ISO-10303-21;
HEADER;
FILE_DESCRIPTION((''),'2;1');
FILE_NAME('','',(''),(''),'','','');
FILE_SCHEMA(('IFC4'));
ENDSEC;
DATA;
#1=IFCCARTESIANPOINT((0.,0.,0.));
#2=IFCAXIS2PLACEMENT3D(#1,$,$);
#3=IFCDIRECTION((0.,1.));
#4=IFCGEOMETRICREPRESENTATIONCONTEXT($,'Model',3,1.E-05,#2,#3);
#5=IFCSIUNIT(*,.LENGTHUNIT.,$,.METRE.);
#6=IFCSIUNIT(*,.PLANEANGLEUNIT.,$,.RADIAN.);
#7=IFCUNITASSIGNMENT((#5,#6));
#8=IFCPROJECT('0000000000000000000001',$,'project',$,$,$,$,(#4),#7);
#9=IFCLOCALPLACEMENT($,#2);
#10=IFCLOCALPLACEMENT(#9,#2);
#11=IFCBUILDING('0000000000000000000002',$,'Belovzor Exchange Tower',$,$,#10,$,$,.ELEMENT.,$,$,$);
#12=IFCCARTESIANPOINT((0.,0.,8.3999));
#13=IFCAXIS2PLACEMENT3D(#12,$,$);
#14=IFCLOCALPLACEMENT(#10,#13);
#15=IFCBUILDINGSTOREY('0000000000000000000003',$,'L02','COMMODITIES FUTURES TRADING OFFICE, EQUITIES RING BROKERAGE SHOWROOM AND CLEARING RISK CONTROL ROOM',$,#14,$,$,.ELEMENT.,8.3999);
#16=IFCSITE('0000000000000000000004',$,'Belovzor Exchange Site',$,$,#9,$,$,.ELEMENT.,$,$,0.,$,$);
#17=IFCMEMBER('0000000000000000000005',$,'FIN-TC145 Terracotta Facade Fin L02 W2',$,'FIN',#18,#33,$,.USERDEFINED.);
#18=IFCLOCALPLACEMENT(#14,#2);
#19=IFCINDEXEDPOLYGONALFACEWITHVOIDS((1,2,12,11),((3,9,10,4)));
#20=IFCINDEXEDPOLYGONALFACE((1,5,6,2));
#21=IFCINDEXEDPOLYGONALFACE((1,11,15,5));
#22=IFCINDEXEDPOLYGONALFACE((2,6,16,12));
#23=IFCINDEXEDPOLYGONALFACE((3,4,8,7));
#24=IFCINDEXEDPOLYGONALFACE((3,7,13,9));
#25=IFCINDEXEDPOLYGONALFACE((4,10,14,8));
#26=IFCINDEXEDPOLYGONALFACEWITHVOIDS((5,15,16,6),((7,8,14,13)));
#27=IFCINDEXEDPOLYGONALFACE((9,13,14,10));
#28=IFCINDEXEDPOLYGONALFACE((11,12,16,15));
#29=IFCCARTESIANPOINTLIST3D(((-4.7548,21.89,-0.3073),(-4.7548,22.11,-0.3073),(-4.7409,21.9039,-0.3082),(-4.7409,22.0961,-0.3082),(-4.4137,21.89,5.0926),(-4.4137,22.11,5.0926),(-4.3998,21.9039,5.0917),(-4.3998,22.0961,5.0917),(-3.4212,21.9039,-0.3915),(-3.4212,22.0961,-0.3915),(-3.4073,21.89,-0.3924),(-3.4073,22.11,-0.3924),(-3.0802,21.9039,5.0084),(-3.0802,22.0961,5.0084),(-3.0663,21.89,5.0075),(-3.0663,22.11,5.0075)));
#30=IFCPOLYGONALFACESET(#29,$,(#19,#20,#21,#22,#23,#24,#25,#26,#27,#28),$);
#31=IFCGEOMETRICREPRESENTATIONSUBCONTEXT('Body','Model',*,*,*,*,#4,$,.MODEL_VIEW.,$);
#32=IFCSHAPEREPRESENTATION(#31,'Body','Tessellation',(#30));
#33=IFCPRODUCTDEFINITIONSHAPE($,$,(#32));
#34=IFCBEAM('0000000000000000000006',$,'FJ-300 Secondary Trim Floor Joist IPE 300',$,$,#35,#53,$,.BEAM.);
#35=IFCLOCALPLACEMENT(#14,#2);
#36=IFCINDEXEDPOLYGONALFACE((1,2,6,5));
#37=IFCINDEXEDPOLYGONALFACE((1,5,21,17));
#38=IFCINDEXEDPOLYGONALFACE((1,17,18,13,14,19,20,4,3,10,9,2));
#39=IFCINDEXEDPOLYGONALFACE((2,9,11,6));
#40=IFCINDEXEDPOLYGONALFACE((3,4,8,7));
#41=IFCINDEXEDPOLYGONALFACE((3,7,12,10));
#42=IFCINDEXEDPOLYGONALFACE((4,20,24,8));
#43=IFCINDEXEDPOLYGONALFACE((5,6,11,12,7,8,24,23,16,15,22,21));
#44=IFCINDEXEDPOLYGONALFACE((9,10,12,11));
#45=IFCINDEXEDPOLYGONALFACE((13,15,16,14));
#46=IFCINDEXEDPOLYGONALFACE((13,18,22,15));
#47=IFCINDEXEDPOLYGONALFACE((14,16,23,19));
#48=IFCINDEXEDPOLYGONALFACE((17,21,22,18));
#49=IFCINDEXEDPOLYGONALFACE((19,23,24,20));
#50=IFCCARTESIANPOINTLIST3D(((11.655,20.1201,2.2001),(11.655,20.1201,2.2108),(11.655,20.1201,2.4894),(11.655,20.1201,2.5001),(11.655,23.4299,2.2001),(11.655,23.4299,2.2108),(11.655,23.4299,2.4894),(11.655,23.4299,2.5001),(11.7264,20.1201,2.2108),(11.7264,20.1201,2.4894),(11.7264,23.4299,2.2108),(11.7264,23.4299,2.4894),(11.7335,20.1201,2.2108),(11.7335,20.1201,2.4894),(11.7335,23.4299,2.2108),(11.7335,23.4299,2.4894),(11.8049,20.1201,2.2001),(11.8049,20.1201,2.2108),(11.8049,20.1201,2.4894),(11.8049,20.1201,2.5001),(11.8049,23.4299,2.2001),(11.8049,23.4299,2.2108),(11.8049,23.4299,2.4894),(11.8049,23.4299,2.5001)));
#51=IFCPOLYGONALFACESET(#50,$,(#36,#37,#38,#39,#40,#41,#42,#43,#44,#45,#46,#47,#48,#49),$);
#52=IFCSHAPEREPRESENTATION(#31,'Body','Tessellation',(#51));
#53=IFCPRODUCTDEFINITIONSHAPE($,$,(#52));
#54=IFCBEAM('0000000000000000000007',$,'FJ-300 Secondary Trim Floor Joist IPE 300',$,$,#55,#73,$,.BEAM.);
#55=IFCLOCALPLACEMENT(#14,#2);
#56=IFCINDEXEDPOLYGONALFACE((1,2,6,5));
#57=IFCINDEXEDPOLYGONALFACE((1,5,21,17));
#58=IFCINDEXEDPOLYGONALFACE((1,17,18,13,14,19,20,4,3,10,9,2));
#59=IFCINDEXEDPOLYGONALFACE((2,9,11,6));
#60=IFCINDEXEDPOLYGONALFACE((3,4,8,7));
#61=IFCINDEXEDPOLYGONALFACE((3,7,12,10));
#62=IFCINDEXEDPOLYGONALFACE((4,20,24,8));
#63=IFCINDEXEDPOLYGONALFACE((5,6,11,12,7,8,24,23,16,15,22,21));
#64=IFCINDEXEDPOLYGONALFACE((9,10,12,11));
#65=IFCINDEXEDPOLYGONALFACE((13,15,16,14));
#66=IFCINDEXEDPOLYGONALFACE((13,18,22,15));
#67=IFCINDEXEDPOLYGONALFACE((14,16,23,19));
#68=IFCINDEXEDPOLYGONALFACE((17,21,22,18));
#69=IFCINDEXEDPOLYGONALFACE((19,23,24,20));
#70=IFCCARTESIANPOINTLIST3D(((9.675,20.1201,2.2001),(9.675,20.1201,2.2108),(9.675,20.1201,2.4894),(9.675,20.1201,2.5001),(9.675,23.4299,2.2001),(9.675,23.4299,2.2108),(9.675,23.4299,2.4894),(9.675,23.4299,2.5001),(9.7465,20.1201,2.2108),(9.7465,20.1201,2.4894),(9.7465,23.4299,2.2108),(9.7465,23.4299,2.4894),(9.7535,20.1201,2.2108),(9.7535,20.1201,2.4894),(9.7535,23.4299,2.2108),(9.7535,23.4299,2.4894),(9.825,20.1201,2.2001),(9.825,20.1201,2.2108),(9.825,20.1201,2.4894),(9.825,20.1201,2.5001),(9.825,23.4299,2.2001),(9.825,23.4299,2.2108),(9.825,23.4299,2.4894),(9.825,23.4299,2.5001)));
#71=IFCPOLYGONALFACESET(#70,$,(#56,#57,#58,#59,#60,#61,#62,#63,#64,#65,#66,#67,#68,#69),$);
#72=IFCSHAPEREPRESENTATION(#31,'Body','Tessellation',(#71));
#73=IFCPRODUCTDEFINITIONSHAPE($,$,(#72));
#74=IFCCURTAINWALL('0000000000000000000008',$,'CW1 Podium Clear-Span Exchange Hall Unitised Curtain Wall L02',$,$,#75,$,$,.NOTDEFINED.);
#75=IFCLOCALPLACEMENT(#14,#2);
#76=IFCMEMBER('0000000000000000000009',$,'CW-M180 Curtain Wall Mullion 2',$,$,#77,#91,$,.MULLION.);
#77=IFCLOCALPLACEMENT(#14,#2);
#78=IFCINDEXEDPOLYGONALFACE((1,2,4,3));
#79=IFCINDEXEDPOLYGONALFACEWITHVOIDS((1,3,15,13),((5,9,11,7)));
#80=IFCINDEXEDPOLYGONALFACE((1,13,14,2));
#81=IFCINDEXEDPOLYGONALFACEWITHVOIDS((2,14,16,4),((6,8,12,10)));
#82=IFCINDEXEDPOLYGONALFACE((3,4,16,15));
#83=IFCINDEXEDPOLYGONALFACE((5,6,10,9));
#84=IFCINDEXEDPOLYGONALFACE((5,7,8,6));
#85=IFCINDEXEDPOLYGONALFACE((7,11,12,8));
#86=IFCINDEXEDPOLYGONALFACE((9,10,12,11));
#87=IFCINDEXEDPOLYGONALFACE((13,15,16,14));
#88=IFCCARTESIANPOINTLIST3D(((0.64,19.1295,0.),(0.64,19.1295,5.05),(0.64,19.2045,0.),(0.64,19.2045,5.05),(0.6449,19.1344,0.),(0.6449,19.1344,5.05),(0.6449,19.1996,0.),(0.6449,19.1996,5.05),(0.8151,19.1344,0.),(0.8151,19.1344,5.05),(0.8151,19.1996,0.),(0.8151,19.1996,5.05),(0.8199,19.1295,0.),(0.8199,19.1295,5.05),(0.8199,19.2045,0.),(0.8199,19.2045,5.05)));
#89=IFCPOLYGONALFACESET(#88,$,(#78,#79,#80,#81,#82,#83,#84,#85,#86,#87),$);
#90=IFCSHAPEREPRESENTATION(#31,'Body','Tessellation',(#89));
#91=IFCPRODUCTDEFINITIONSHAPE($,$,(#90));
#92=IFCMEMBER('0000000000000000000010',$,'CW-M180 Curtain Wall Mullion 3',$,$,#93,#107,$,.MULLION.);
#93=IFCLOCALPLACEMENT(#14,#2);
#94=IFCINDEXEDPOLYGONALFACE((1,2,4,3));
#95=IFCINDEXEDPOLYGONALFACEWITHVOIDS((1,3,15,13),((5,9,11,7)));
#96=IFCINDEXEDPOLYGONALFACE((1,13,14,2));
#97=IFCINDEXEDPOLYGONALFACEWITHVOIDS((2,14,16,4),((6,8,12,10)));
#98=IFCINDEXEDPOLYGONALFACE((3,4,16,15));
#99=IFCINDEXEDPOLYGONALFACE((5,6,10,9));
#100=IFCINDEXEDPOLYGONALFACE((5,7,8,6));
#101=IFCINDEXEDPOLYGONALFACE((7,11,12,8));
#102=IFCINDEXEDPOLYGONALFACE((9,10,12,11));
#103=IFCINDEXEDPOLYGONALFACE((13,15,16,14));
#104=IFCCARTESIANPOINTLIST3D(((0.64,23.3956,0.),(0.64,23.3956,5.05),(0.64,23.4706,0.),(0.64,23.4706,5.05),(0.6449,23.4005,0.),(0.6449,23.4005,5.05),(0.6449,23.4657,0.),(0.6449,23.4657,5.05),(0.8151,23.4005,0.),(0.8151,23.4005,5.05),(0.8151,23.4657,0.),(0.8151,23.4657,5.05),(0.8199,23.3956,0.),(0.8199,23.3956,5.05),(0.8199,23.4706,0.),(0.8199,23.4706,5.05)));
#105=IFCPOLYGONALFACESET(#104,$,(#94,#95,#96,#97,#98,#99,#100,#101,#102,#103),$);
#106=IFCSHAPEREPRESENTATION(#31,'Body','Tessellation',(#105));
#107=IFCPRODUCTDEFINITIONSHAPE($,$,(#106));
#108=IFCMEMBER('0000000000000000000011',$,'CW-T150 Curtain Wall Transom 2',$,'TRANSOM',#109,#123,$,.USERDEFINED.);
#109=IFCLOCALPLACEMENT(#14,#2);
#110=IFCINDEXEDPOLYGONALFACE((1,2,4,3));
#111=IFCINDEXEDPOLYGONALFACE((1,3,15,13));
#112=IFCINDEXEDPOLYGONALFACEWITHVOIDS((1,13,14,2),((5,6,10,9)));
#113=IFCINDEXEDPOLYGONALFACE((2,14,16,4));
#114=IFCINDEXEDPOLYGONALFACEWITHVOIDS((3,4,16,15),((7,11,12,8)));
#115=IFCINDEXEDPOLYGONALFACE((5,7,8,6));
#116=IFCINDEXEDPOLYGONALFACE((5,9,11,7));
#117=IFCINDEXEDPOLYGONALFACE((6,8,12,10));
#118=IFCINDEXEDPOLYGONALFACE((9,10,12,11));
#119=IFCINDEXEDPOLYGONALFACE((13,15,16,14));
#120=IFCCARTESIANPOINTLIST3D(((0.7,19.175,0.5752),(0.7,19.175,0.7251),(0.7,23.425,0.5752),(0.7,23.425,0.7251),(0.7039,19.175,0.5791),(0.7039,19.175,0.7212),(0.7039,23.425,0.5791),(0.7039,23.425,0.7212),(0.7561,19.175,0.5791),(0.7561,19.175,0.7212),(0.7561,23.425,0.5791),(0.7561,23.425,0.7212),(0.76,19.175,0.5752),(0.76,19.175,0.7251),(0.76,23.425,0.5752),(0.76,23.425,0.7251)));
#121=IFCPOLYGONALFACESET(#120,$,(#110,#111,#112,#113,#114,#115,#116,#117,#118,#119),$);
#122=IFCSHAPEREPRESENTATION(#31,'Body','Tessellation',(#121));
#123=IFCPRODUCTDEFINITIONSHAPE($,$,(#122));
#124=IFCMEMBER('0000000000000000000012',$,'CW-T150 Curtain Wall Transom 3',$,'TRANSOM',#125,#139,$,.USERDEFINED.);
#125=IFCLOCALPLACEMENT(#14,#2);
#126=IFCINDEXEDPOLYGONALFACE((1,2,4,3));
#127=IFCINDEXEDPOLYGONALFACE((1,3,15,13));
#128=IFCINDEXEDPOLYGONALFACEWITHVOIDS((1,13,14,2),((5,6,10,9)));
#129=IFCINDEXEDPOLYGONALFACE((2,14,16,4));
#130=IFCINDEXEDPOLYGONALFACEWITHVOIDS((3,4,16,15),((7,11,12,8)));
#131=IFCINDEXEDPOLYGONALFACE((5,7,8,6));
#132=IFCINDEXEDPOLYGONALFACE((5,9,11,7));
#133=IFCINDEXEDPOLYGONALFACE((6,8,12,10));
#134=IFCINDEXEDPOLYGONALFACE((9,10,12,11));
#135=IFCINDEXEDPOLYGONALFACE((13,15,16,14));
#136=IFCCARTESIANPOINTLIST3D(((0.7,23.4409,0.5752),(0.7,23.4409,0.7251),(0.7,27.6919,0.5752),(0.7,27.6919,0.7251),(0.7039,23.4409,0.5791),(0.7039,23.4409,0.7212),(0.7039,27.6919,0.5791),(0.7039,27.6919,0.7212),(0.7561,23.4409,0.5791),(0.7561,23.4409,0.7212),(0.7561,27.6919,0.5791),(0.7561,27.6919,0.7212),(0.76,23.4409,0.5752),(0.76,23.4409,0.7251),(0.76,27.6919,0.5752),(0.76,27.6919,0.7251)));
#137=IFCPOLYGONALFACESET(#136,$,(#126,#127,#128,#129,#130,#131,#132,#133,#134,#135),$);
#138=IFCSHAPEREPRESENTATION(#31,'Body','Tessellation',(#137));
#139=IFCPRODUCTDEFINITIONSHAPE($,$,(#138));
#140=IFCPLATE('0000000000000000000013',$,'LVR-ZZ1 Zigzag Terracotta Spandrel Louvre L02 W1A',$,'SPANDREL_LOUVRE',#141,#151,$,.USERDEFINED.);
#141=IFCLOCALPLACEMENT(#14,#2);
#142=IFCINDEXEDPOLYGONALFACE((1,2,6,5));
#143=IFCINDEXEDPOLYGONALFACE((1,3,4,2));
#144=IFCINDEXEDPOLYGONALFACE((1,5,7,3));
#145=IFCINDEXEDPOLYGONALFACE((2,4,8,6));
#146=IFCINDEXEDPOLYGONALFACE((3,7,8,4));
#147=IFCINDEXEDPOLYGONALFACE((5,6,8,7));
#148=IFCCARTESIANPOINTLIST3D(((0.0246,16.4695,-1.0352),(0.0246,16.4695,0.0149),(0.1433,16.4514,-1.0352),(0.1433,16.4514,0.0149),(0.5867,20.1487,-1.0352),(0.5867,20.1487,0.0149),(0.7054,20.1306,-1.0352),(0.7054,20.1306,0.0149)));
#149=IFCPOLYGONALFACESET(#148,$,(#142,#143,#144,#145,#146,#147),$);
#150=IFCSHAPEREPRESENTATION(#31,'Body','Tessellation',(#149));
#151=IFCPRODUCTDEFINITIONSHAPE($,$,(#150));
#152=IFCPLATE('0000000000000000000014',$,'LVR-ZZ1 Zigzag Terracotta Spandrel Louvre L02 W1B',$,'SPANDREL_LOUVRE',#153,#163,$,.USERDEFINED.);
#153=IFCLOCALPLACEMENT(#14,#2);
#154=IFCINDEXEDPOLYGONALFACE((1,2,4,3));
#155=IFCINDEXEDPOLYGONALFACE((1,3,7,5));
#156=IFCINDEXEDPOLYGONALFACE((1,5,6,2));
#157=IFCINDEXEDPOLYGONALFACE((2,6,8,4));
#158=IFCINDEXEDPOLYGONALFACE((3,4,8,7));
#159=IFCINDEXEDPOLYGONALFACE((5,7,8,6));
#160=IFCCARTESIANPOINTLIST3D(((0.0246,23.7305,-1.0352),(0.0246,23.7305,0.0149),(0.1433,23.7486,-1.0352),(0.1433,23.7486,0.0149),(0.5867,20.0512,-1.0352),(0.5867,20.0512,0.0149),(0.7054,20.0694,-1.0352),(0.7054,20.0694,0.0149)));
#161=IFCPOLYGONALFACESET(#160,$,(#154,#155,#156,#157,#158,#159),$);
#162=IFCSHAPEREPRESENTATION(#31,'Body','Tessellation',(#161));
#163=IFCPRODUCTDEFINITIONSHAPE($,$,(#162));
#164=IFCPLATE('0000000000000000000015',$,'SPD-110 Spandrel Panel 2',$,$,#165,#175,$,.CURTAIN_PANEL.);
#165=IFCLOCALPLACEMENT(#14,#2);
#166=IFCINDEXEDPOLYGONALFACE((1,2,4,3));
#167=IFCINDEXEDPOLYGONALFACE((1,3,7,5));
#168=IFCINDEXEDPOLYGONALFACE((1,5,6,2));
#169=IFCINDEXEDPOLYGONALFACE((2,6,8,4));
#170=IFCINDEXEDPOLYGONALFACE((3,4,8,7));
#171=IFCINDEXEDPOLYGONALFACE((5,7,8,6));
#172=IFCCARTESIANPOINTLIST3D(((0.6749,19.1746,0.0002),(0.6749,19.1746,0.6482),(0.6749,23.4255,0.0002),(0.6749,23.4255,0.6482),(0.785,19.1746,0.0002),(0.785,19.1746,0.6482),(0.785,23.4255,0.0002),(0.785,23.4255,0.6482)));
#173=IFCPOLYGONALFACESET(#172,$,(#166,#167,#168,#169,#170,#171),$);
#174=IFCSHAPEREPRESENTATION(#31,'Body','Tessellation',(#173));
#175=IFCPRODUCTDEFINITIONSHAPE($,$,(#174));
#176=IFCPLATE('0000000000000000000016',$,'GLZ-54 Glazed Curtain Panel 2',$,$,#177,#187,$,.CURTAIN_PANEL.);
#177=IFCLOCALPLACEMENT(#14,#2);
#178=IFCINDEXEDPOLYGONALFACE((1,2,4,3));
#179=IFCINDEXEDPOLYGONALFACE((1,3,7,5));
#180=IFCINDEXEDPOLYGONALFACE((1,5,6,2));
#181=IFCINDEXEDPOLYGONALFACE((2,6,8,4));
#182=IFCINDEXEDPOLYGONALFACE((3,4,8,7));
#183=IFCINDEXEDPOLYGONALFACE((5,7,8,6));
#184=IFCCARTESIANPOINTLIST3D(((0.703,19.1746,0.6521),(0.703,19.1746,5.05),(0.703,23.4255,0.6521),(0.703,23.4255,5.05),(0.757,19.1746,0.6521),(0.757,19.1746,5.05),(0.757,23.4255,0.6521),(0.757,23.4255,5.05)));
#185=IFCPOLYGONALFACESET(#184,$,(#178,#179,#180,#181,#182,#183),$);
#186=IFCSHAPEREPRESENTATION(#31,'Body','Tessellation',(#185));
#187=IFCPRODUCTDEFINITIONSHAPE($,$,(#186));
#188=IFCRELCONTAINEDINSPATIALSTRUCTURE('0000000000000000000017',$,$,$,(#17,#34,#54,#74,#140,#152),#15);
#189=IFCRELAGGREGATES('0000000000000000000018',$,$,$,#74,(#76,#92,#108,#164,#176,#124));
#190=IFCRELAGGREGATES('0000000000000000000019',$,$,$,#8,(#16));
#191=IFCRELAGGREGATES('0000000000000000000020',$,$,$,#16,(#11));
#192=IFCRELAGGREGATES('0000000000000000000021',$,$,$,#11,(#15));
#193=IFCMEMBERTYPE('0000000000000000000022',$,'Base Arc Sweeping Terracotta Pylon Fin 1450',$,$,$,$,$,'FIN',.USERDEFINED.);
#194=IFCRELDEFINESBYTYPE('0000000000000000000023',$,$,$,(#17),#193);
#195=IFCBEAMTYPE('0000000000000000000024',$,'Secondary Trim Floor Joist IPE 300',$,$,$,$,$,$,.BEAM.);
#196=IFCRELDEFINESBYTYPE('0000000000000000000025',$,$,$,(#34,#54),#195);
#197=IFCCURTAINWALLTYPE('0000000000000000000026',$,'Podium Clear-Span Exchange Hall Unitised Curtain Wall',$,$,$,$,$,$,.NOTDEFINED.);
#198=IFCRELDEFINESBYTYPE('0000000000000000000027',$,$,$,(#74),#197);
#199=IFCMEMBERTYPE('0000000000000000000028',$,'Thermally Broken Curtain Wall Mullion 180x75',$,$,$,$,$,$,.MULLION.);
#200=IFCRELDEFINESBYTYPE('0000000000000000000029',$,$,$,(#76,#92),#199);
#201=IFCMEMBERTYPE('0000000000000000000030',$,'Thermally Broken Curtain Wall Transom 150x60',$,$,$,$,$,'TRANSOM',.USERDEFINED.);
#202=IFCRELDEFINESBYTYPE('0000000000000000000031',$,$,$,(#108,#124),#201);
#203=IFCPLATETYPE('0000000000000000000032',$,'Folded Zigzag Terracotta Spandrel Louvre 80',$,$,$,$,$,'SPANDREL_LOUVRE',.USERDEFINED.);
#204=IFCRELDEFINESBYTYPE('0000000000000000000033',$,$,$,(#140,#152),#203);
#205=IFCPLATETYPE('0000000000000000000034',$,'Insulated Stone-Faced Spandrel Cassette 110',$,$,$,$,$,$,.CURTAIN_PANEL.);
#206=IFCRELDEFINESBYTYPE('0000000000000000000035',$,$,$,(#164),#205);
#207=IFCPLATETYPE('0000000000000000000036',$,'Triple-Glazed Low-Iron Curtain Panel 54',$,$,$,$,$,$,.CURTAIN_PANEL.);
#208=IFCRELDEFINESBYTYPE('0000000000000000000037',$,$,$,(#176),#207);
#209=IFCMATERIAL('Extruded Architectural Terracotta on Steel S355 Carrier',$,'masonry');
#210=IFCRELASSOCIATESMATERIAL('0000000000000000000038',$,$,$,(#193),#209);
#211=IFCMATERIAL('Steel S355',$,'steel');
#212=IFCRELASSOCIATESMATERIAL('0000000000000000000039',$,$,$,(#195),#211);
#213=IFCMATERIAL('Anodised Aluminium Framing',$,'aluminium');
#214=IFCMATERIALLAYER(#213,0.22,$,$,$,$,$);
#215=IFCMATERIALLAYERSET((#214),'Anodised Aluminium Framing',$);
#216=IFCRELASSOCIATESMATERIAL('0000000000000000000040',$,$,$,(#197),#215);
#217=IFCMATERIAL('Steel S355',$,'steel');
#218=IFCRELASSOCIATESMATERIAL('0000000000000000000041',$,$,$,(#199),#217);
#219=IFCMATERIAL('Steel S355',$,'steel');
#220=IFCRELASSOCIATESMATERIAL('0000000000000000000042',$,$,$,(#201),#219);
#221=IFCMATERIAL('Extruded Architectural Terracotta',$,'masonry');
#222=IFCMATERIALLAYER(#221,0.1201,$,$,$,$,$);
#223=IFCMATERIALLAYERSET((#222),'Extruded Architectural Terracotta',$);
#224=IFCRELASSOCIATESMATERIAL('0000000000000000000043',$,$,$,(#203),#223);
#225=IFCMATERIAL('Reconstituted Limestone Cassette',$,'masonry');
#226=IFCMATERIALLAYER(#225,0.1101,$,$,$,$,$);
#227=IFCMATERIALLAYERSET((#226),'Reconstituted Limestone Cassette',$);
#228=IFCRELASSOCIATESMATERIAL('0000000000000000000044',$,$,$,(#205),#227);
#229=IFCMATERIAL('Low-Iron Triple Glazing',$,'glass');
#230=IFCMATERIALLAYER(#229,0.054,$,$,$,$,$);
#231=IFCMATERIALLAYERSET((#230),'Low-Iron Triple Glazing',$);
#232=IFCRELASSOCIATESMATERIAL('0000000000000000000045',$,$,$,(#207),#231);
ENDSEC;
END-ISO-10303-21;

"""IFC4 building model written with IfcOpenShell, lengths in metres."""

from ifc_helpers import new_model, si_unit, direction, frame, origin, origin_2d, place, context, subcontext, project, spatial, rectangle, hollow_rectangle, i_section, extrude, material, layer, layer_set, material_profile, profile_set, type_object, element, aggregate, save


model = new_model("IFC4")

# Units and contexts
model_context = context("Model", 3, precision=1e-05, world=origin(), true_north=direction((0.0, 1.0)))
body_context = subcontext(model_context, "Body", "Model", "MODEL_VIEW")
ifc_project = project(units=[si_unit("LENGTHUNIT", "METRE"), si_unit("PLANEANGLEUNIT", "RADIAN")], contexts=[model_context])

# Site, building, storey
site_placement = place(None, origin())
site = spatial("IfcSite", under=ifc_project, at=site_placement, Name="Belovzor Exchange Site", CompositionType="ELEMENT", RefElevation=0.0)
building_placement = place(site_placement, origin())
building = spatial("IfcBuilding", under=site, at=building_placement, Name="Belovzor Exchange Tower", CompositionType="ELEMENT")
storey_placement = place(building_placement, frame((0.0, 0.0, 8.3999)))
storey = spatial("IfcBuildingStorey", under=building, at=storey_placement, Name="L02", Description="COMMODITIES FUTURES TRADING OFFICE, EQUITIES RING BROKERAGE SHOWROOM AND CLEARING RISK CONTROL ROOM", CompositionType="ELEMENT", Elevation=8.3999)

# Member
ifc_material_1 = material(Name="Extruded Architectural Terracotta on Steel S355 Carrier", Category="masonry")
ifc_material_profile_1 = material_profile(ifc_material_1, hollow_rectangle(XDim=0.22, YDim=1.3501, WallThickness=0.0139, at=origin_2d()))
ifc_profile_set_1 = profile_set([ifc_material_profile_1], Name="Extruded Architectural Terracotta on Steel S355 Carrier")
member_type_1 = type_object("IfcMemberType", Name="Base Arc Sweeping Terracotta Pylon Fin 1450", ElementType="FIN", PredefinedType="USERDEFINED", material=ifc_profile_set_1)
member_1_placement = place(storey_placement, frame((-4.0811, 22.0, -0.3499), z_axis=(0.063036, 0.0, 0.998011), x_axis=(0.0, 1.0, 0.0)))
element("IfcMember", 1, at=member_1_placement, inside=storey, type_object=member_type_1, Name="FIN-TC145 Terracotta Facade Fin L02 W2", ObjectType="FIN", PredefinedType="USERDEFINED", context=body_context, shape_type="SweptSolid", body=[
    extrude(hollow_rectangle(XDim=0.22, YDim=1.3501, WallThickness=0.0139, at=origin_2d()), origin(), (0.0, 0.0, 1.0), 5.4106),
])

# Beams
ifc_material_2 = material(Name="Steel S355", Category="steel")
ifc_material_profile_2 = material_profile(ifc_material_2, i_section(OverallWidth=0.1499, OverallDepth=0.3, WebThickness=0.0071, FlangeThickness=0.0107, at=origin_2d()))
ifc_profile_set_2 = profile_set([ifc_material_profile_2], Name="Steel S355")
beam_type = type_object("IfcBeamType", Name="Secondary Trim Floor Joist IPE 300", PredefinedType="BEAM", material=ifc_profile_set_2)
for number, where, z_axis, x_axis, name in (
    (2, (11.73, 23.4299, 2.3501), (0.0, -1.0, 0.0), (1.0, 0.0, 0.0), "FJ-300 Secondary Trim Floor Joist IPE 300"),
    (3, (9.75, 23.4299, 2.3501), (0.0, -1.0, 0.0), (1.0, 0.0, 0.0), "FJ-300 Secondary Trim Floor Joist IPE 300"),
):
    element("IfcBeam", number, at=place(storey_placement, frame(where, z_axis=z_axis, x_axis=x_axis)), inside=storey, type_object=beam_type, Name=name, PredefinedType="BEAM", context=body_context, shape_type="SweptSolid", body=[
        extrude(i_section(OverallWidth=0.1499, OverallDepth=0.3, WebThickness=0.0071, FlangeThickness=0.0107, at=origin_2d()), origin(), (0.0, 0.0, 1.0), 3.3098),
    ])

# Curtain wall, members
ifc_material_3 = material(Name="Anodised Aluminium Framing", Category="aluminium")
ifc_layer_1 = layer(ifc_material_3, 0.22)
ifc_layer_set_1 = layer_set([ifc_layer_1], Name="Anodised Aluminium Framing")
curtain_wall_type = type_object("IfcCurtainWallType", Name="Podium Clear-Span Exchange Hall Unitised Curtain Wall", PredefinedType="NOTDEFINED", material=ifc_layer_set_1)
curtain_wall_placement = place(storey_placement, origin())
curtain_wall = element("IfcCurtainWall", 4, at=curtain_wall_placement, inside=storey, type_object=curtain_wall_type, Name="CW1 Podium Clear-Span Exchange Hall Unitised Curtain Wall L02", PredefinedType="NOTDEFINED")
ifc_material_4 = material(Name="Steel S355", Category="steel")
ifc_material_profile_3 = material_profile(ifc_material_4, hollow_rectangle(XDim=0.075, YDim=0.1799, WallThickness=0.0049, at=origin_2d()))
ifc_profile_set_3 = profile_set([ifc_material_profile_3], Name="Steel S355")
member_type_2 = type_object("IfcMemberType", Name="Thermally Broken Curtain Wall Mullion 180x75", PredefinedType="MULLION", material=ifc_profile_set_3)
member_2_placement = place(storey_placement, frame((0.73, 19.167, 0.0), z_axis=(0.0, 0.0, 1.0), x_axis=(0.0, 1.0, 0.0)))
member_2 = element("IfcMember", 5, at=member_2_placement, type_object=member_type_2, Name="CW-M180 Curtain Wall Mullion 2", PredefinedType="MULLION", context=body_context, shape_type="SweptSolid", body=[
    extrude(hollow_rectangle(XDim=0.075, YDim=0.1799, WallThickness=0.0049, at=origin_2d()), origin(), (0.0, 0.0, 1.0), 5.05),
])
member_3_placement = place(storey_placement, frame((0.73, 23.4331, 0.0), z_axis=(0.0, 0.0, 1.0), x_axis=(0.0, 1.0, 0.0)))
member_3 = element("IfcMember", 6, at=member_3_placement, type_object=member_type_2, Name="CW-M180 Curtain Wall Mullion 3", PredefinedType="MULLION", context=body_context, shape_type="SweptSolid", body=[
    extrude(hollow_rectangle(XDim=0.075, YDim=0.1799, WallThickness=0.0049, at=origin_2d()), origin(), (0.0, 0.0, 1.0), 5.05),
])
ifc_material_5 = material(Name="Steel S355", Category="steel")
ifc_material_profile_4 = material_profile(ifc_material_5, hollow_rectangle(XDim=0.0601, YDim=0.1499, WallThickness=0.0039, at=origin_2d()))
ifc_profile_set_4 = profile_set([ifc_material_profile_4], Name="Steel S355")
member_type_3 = type_object("IfcMemberType", Name="Thermally Broken Curtain Wall Transom 150x60", ElementType="TRANSOM", PredefinedType="USERDEFINED", material=ifc_profile_set_4)
member_4_placement = place(storey_placement, frame((0.73, 19.175, 0.6501), z_axis=(0.0, 1.0, 0.0), x_axis=(-1.0, 0.0, 0.0)))
member_4 = element("IfcMember", 7, at=member_4_placement, type_object=member_type_3, Name="CW-T150 Curtain Wall Transom 2", ObjectType="TRANSOM", PredefinedType="USERDEFINED", context=body_context, shape_type="SweptSolid", body=[
    extrude(hollow_rectangle(XDim=0.0601, YDim=0.1499, WallThickness=0.0039, at=origin_2d()), origin(), (0.0, 0.0, 1.0), 4.25),
])
member_5_placement = place(storey_placement, frame((0.73, 23.4409, 0.6501), z_axis=(0.0, 1.0, 0.0), x_axis=(-1.0, 0.0, 0.0)))
member_5 = element("IfcMember", 8, at=member_5_placement, type_object=member_type_3, Name="CW-T150 Curtain Wall Transom 3", ObjectType="TRANSOM", PredefinedType="USERDEFINED", context=body_context, shape_type="SweptSolid", body=[
    extrude(hollow_rectangle(XDim=0.0601, YDim=0.1499, WallThickness=0.0039, at=origin_2d()), origin(), (0.0, 0.0, 1.0), 4.251),
])

# Plates
ifc_material_6 = material(Name="Extruded Architectural Terracotta", Category="masonry")
ifc_layer_2 = layer(ifc_material_6, 0.1201)
ifc_layer_set_2 = layer_set([ifc_layer_2], Name="Extruded Architectural Terracotta")
plate_type_1 = type_object("IfcPlateType", Name="Folded Zigzag Terracotta Spandrel Louvre 80", ElementType="SPANDREL_LOUVRE", PredefinedType="USERDEFINED", material=ifc_layer_set_2)
for number, where, z_axis, x_axis, name in (
    (9, (0.365, 18.3, -1.0352), (0.0, 0.0, 1.0), (0.151019, 0.988531, 0.0), "LVR-ZZ1 Zigzag Terracotta Spandrel Louvre L02 W1A"),
    (10, (0.365, 21.8999, -1.0352), (0.0, 0.0, 1.0), (-0.151019, 0.988531, 0.0), "LVR-ZZ1 Zigzag Terracotta Spandrel Louvre L02 W1B"),
):
    element("IfcPlate", number, at=place(storey_placement, frame(where, z_axis=z_axis, x_axis=x_axis)), inside=storey, type_object=plate_type_1, Name=name, ObjectType="SPANDREL_LOUVRE", PredefinedType="USERDEFINED", context=body_context, shape_type="SweptSolid", body=[
        extrude(rectangle(XDim=3.7219, YDim=0.1201, at=origin_2d()), origin(), (0.0, 0.0, 1.0), 1.05),
    ])

# Plates
ifc_material_7 = material(Name="Reconstituted Limestone Cassette", Category="masonry")
ifc_layer_3 = layer(ifc_material_7, 0.1101)
ifc_layer_set_3 = layer_set([ifc_layer_3], Name="Reconstituted Limestone Cassette")
plate_type_2 = type_object("IfcPlateType", Name="Insulated Stone-Faced Spandrel Cassette 110", PredefinedType="CURTAIN_PANEL", material=ifc_layer_set_3)
plate_1_placement = place(storey_placement, frame((0.73, 21.3, 0.0002), z_axis=(0.0, 0.0, 1.0), x_axis=(0.0, 1.0, 0.0)))
plate_1 = element("IfcPlate", 11, at=plate_1_placement, type_object=plate_type_2, Name="SPD-110 Spandrel Panel 2", PredefinedType="CURTAIN_PANEL", context=body_context, shape_type="SweptSolid", body=[
    extrude(rectangle(XDim=4.251, YDim=0.1101, at=origin_2d()), origin(), (0.0, 0.0, 1.0), 0.6479),
])
ifc_material_8 = material(Name="Low-Iron Triple Glazing", Category="glass")
ifc_layer_4 = layer(ifc_material_8, 0.054)
ifc_layer_set_4 = layer_set([ifc_layer_4], Name="Low-Iron Triple Glazing")
plate_type_3 = type_object("IfcPlateType", Name="Triple-Glazed Low-Iron Curtain Panel 54", PredefinedType="CURTAIN_PANEL", material=ifc_layer_set_4)
plate_2_placement = place(storey_placement, frame((0.73, 21.3, 0.6521), z_axis=(0.0, 0.0, 1.0), x_axis=(0.0, 1.0, 0.0)))
plate_2 = element("IfcPlate", 12, at=plate_2_placement, type_object=plate_type_3, Name="GLZ-54 Glazed Curtain Panel 2", PredefinedType="CURTAIN_PANEL", context=body_context, shape_type="SweptSolid", body=[
    extrude(rectangle(XDim=4.251, YDim=0.054, at=origin_2d()), origin(), (0.0, 0.0, 1.0), 4.3979),
])
aggregate(curtain_wall, [member_2, member_3, member_4, plate_1, plate_2, member_5])

save(model, "model.ifc")
